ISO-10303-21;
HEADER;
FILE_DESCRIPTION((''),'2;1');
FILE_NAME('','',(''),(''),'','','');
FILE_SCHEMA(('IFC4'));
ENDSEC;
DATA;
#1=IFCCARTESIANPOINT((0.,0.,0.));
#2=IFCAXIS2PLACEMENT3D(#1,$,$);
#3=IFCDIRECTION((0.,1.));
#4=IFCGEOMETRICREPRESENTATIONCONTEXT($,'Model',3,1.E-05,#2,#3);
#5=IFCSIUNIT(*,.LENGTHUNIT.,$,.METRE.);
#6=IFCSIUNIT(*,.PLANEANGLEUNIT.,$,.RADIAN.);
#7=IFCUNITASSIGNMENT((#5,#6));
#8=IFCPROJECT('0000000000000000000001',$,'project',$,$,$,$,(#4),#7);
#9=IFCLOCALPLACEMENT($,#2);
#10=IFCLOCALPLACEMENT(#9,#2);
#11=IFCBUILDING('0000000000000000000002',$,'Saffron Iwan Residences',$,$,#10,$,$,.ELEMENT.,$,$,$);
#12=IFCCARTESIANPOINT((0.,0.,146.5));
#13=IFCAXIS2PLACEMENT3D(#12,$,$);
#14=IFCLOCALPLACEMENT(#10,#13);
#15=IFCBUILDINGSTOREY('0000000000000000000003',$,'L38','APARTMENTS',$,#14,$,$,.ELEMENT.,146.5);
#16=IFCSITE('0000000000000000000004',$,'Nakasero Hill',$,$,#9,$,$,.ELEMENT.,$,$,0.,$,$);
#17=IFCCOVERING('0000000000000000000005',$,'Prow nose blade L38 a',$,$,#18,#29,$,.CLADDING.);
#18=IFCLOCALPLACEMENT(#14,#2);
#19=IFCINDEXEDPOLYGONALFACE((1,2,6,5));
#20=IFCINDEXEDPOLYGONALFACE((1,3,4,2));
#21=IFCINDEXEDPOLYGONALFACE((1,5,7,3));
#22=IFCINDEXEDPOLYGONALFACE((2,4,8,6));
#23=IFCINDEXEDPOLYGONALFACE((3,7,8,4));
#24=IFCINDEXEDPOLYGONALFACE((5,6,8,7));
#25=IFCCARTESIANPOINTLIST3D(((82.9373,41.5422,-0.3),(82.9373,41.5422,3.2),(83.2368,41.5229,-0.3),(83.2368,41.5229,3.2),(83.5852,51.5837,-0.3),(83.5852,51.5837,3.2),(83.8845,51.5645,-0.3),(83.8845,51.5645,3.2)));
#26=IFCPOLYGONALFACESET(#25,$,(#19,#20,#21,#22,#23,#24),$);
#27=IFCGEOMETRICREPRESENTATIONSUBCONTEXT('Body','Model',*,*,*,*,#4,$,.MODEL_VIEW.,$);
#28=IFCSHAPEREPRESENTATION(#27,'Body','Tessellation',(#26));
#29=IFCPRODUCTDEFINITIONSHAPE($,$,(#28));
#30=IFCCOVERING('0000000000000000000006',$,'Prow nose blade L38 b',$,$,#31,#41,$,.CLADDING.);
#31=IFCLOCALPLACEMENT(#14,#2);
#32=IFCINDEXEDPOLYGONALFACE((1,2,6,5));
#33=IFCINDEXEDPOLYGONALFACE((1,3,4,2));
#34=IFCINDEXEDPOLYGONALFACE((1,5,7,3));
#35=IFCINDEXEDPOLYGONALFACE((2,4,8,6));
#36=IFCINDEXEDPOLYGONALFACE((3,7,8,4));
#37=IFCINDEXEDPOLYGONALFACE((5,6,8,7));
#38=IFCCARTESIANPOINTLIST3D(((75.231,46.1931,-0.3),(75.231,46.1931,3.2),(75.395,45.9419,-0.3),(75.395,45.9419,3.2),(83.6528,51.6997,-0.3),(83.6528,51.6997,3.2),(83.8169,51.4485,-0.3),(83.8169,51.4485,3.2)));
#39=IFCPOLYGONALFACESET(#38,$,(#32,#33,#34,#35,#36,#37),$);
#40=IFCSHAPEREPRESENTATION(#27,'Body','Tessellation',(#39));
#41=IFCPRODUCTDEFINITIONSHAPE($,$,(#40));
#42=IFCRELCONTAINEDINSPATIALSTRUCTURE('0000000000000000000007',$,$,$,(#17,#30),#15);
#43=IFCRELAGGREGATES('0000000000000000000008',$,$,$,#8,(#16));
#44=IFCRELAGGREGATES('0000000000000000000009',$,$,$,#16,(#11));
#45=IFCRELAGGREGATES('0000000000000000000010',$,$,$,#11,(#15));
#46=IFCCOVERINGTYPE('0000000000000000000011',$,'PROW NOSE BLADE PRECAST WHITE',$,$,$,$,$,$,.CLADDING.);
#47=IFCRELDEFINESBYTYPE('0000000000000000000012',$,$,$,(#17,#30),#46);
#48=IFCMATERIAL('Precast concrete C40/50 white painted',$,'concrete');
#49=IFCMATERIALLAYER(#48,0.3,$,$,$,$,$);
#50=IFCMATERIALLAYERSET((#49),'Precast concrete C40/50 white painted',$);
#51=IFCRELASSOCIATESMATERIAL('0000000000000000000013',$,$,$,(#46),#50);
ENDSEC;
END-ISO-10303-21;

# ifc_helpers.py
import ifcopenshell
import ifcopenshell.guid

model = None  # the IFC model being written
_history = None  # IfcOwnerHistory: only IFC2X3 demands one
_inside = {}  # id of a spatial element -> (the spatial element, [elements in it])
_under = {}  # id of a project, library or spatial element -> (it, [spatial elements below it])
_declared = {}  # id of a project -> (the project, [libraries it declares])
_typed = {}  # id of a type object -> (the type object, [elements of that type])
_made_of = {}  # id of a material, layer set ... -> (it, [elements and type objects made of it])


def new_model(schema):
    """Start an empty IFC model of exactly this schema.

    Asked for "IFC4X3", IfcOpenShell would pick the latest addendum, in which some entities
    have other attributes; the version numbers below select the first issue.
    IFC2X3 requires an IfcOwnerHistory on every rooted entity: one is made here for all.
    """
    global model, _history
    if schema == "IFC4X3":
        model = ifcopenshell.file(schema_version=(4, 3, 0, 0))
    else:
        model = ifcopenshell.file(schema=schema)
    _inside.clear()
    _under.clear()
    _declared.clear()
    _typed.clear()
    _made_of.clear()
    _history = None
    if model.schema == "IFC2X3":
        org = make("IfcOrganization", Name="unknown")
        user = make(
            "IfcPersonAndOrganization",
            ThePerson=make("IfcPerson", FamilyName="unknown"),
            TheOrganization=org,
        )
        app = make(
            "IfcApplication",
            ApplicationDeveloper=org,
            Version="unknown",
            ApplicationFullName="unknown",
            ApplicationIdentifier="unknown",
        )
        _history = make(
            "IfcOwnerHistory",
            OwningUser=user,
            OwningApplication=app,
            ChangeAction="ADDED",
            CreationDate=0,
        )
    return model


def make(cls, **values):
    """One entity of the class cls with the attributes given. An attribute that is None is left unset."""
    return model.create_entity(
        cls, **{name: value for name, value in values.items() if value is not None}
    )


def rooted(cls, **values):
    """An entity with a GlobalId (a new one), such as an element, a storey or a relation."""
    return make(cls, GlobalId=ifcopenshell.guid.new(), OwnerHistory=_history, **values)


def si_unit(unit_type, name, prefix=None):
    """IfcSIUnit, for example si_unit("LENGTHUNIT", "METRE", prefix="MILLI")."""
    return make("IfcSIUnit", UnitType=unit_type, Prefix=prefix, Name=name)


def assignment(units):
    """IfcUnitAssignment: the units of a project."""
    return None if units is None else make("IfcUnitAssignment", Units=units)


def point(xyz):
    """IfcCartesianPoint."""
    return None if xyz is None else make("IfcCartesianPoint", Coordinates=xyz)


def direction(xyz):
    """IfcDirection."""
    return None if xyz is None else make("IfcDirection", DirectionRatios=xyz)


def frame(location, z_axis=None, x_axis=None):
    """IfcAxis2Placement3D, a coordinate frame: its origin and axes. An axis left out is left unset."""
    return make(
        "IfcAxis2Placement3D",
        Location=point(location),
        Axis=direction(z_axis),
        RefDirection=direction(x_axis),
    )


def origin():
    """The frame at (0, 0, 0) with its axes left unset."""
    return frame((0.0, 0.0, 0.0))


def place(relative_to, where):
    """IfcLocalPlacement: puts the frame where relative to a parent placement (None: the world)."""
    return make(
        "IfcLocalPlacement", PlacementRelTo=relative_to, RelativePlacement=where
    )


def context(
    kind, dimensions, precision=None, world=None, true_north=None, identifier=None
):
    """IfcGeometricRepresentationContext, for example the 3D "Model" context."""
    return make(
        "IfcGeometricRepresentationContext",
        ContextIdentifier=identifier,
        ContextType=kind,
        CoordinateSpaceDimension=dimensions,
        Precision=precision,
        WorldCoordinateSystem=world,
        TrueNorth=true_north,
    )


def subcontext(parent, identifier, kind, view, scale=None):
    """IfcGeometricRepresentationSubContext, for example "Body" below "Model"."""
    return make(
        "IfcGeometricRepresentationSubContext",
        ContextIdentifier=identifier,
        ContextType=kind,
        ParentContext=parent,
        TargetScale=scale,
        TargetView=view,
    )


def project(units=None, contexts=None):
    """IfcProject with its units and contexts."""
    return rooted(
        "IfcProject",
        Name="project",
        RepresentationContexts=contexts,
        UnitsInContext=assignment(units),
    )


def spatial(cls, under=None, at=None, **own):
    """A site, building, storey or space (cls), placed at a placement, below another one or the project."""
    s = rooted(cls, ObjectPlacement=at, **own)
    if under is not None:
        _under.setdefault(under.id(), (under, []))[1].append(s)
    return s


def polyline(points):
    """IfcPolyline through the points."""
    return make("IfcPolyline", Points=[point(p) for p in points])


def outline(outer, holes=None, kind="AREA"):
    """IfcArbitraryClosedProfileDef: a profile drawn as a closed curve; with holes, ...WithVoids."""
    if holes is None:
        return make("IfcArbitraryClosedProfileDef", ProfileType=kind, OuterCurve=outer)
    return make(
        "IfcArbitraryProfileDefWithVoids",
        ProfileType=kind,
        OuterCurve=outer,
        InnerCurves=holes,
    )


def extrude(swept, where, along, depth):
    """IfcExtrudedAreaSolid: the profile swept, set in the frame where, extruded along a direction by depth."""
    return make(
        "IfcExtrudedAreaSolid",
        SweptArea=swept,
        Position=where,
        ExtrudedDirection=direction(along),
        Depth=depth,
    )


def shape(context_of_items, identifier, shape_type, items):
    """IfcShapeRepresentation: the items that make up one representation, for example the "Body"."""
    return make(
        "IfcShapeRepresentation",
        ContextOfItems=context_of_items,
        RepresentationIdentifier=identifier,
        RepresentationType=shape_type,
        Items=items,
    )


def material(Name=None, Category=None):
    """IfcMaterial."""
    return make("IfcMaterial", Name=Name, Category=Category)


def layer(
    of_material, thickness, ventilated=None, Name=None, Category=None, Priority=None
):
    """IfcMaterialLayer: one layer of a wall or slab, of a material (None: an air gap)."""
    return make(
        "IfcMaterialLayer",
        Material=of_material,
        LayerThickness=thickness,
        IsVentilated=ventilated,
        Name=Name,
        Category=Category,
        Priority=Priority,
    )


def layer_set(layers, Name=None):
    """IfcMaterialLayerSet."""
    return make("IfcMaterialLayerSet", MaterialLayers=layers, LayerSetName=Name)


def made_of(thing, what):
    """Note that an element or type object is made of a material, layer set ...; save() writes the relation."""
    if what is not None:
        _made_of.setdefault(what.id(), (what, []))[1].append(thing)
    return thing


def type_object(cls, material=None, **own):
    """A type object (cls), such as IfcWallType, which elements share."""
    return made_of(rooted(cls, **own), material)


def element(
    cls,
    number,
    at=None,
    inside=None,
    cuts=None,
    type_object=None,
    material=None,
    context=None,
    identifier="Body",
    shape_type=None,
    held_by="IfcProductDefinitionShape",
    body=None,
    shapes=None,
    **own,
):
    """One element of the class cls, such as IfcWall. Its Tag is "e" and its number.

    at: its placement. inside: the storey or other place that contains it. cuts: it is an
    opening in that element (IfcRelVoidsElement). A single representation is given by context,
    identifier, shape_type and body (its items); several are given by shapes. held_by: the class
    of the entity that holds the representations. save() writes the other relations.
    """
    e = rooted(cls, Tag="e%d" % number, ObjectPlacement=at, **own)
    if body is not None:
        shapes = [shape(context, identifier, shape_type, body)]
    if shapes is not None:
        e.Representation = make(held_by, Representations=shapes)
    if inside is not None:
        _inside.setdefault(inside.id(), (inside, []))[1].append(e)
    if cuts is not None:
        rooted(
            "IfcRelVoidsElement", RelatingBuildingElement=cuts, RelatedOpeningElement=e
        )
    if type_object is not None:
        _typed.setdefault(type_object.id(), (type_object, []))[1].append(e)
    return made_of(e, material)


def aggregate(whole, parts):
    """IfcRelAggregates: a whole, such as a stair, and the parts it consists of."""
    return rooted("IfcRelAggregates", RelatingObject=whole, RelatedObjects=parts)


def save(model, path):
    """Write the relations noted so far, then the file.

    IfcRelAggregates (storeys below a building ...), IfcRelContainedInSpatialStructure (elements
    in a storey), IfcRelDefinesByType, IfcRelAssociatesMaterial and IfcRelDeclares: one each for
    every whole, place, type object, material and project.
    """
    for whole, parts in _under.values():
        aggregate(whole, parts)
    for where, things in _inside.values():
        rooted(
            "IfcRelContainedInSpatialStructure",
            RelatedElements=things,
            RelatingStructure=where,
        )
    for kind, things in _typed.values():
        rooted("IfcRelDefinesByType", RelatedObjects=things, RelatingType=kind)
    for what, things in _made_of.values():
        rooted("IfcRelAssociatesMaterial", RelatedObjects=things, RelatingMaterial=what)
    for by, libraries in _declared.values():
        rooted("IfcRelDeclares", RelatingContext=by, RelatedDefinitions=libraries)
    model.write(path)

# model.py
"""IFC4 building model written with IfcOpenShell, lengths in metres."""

from ifc_helpers import new_model, si_unit, direction, frame, origin, place, context, subcontext, project, spatial, polyline, outline, extrude, material, layer, layer_set, type_object, element, save


model = new_model("IFC4")

# Units and contexts
model_context = context("Model", 3, precision=1e-05, world=origin(), true_north=direction((0.0, 1.0)))
body_context = subcontext(model_context, "Body", "Model", "MODEL_VIEW")
ifc_project = project(units=[si_unit("LENGTHUNIT", "METRE"), si_unit("PLANEANGLEUNIT", "RADIAN")], contexts=[model_context])

# Site, building, storey
site_placement = place(None, origin())
site = spatial("IfcSite", under=ifc_project, at=site_placement, Name="Nakasero Hill", CompositionType="ELEMENT", RefElevation=0.0)
building_placement = place(site_placement, origin())
building = spatial("IfcBuilding", under=site, at=building_placement, Name="Saffron Iwan Residences", CompositionType="ELEMENT")
storey_placement = place(building_placement, frame((0.0, 0.0, 146.5)))
storey = spatial("IfcBuildingStorey", under=building, at=storey_placement, Name="L38", Description="APARTMENTS", CompositionType="ELEMENT", Elevation=146.5)

# Coverings
ifc_material_1 = material(Name="Precast concrete C40/50 white painted", Category="concrete")
ifc_layer_1 = layer(ifc_material_1, 0.3)
ifc_layer_set_1 = layer_set([ifc_layer_1], Name="Precast concrete C40/50 white painted")
covering_type_1 = type_object("IfcCoveringType", Name="PROW NOSE BLADE PRECAST WHITE", PredefinedType="CLADDING", material=ifc_layer_set_1)
covering_1_placement = place(storey_placement, frame((0.0, 0.0, -0.3)))
element("IfcCovering", 1, at=covering_1_placement, inside=storey, type_object=covering_type_1, Name="Prow nose blade L38 a", PredefinedType="CLADDING", context=body_context, shape_type="SweptSolid", body=[
    extrude(outline(polyline([(83.2368, 41.5229), (83.8845, 51.5645), (83.5852, 51.5837), (82.9373, 41.5422), (83.2368, 41.5229)])), origin(), (0.0, 0.0, 1.0), 3.5),
])
covering_2_placement = place(storey_placement, frame((0.0, 0.0, -0.3)))
element("IfcCovering", 2, at=covering_2_placement, inside=storey, type_object=covering_type_1, Name="Prow nose blade L38 b", PredefinedType="CLADDING", context=body_context, shape_type="SweptSolid", body=[
    extrude(outline(polyline([(75.395, 45.9419), (83.8169, 51.4485), (83.6528, 51.6997), (75.231, 46.1931), (75.395, 45.9419)])), origin(), (0.0, 0.0, 1.0), 3.5),
])

save(model, "model.ifc")
